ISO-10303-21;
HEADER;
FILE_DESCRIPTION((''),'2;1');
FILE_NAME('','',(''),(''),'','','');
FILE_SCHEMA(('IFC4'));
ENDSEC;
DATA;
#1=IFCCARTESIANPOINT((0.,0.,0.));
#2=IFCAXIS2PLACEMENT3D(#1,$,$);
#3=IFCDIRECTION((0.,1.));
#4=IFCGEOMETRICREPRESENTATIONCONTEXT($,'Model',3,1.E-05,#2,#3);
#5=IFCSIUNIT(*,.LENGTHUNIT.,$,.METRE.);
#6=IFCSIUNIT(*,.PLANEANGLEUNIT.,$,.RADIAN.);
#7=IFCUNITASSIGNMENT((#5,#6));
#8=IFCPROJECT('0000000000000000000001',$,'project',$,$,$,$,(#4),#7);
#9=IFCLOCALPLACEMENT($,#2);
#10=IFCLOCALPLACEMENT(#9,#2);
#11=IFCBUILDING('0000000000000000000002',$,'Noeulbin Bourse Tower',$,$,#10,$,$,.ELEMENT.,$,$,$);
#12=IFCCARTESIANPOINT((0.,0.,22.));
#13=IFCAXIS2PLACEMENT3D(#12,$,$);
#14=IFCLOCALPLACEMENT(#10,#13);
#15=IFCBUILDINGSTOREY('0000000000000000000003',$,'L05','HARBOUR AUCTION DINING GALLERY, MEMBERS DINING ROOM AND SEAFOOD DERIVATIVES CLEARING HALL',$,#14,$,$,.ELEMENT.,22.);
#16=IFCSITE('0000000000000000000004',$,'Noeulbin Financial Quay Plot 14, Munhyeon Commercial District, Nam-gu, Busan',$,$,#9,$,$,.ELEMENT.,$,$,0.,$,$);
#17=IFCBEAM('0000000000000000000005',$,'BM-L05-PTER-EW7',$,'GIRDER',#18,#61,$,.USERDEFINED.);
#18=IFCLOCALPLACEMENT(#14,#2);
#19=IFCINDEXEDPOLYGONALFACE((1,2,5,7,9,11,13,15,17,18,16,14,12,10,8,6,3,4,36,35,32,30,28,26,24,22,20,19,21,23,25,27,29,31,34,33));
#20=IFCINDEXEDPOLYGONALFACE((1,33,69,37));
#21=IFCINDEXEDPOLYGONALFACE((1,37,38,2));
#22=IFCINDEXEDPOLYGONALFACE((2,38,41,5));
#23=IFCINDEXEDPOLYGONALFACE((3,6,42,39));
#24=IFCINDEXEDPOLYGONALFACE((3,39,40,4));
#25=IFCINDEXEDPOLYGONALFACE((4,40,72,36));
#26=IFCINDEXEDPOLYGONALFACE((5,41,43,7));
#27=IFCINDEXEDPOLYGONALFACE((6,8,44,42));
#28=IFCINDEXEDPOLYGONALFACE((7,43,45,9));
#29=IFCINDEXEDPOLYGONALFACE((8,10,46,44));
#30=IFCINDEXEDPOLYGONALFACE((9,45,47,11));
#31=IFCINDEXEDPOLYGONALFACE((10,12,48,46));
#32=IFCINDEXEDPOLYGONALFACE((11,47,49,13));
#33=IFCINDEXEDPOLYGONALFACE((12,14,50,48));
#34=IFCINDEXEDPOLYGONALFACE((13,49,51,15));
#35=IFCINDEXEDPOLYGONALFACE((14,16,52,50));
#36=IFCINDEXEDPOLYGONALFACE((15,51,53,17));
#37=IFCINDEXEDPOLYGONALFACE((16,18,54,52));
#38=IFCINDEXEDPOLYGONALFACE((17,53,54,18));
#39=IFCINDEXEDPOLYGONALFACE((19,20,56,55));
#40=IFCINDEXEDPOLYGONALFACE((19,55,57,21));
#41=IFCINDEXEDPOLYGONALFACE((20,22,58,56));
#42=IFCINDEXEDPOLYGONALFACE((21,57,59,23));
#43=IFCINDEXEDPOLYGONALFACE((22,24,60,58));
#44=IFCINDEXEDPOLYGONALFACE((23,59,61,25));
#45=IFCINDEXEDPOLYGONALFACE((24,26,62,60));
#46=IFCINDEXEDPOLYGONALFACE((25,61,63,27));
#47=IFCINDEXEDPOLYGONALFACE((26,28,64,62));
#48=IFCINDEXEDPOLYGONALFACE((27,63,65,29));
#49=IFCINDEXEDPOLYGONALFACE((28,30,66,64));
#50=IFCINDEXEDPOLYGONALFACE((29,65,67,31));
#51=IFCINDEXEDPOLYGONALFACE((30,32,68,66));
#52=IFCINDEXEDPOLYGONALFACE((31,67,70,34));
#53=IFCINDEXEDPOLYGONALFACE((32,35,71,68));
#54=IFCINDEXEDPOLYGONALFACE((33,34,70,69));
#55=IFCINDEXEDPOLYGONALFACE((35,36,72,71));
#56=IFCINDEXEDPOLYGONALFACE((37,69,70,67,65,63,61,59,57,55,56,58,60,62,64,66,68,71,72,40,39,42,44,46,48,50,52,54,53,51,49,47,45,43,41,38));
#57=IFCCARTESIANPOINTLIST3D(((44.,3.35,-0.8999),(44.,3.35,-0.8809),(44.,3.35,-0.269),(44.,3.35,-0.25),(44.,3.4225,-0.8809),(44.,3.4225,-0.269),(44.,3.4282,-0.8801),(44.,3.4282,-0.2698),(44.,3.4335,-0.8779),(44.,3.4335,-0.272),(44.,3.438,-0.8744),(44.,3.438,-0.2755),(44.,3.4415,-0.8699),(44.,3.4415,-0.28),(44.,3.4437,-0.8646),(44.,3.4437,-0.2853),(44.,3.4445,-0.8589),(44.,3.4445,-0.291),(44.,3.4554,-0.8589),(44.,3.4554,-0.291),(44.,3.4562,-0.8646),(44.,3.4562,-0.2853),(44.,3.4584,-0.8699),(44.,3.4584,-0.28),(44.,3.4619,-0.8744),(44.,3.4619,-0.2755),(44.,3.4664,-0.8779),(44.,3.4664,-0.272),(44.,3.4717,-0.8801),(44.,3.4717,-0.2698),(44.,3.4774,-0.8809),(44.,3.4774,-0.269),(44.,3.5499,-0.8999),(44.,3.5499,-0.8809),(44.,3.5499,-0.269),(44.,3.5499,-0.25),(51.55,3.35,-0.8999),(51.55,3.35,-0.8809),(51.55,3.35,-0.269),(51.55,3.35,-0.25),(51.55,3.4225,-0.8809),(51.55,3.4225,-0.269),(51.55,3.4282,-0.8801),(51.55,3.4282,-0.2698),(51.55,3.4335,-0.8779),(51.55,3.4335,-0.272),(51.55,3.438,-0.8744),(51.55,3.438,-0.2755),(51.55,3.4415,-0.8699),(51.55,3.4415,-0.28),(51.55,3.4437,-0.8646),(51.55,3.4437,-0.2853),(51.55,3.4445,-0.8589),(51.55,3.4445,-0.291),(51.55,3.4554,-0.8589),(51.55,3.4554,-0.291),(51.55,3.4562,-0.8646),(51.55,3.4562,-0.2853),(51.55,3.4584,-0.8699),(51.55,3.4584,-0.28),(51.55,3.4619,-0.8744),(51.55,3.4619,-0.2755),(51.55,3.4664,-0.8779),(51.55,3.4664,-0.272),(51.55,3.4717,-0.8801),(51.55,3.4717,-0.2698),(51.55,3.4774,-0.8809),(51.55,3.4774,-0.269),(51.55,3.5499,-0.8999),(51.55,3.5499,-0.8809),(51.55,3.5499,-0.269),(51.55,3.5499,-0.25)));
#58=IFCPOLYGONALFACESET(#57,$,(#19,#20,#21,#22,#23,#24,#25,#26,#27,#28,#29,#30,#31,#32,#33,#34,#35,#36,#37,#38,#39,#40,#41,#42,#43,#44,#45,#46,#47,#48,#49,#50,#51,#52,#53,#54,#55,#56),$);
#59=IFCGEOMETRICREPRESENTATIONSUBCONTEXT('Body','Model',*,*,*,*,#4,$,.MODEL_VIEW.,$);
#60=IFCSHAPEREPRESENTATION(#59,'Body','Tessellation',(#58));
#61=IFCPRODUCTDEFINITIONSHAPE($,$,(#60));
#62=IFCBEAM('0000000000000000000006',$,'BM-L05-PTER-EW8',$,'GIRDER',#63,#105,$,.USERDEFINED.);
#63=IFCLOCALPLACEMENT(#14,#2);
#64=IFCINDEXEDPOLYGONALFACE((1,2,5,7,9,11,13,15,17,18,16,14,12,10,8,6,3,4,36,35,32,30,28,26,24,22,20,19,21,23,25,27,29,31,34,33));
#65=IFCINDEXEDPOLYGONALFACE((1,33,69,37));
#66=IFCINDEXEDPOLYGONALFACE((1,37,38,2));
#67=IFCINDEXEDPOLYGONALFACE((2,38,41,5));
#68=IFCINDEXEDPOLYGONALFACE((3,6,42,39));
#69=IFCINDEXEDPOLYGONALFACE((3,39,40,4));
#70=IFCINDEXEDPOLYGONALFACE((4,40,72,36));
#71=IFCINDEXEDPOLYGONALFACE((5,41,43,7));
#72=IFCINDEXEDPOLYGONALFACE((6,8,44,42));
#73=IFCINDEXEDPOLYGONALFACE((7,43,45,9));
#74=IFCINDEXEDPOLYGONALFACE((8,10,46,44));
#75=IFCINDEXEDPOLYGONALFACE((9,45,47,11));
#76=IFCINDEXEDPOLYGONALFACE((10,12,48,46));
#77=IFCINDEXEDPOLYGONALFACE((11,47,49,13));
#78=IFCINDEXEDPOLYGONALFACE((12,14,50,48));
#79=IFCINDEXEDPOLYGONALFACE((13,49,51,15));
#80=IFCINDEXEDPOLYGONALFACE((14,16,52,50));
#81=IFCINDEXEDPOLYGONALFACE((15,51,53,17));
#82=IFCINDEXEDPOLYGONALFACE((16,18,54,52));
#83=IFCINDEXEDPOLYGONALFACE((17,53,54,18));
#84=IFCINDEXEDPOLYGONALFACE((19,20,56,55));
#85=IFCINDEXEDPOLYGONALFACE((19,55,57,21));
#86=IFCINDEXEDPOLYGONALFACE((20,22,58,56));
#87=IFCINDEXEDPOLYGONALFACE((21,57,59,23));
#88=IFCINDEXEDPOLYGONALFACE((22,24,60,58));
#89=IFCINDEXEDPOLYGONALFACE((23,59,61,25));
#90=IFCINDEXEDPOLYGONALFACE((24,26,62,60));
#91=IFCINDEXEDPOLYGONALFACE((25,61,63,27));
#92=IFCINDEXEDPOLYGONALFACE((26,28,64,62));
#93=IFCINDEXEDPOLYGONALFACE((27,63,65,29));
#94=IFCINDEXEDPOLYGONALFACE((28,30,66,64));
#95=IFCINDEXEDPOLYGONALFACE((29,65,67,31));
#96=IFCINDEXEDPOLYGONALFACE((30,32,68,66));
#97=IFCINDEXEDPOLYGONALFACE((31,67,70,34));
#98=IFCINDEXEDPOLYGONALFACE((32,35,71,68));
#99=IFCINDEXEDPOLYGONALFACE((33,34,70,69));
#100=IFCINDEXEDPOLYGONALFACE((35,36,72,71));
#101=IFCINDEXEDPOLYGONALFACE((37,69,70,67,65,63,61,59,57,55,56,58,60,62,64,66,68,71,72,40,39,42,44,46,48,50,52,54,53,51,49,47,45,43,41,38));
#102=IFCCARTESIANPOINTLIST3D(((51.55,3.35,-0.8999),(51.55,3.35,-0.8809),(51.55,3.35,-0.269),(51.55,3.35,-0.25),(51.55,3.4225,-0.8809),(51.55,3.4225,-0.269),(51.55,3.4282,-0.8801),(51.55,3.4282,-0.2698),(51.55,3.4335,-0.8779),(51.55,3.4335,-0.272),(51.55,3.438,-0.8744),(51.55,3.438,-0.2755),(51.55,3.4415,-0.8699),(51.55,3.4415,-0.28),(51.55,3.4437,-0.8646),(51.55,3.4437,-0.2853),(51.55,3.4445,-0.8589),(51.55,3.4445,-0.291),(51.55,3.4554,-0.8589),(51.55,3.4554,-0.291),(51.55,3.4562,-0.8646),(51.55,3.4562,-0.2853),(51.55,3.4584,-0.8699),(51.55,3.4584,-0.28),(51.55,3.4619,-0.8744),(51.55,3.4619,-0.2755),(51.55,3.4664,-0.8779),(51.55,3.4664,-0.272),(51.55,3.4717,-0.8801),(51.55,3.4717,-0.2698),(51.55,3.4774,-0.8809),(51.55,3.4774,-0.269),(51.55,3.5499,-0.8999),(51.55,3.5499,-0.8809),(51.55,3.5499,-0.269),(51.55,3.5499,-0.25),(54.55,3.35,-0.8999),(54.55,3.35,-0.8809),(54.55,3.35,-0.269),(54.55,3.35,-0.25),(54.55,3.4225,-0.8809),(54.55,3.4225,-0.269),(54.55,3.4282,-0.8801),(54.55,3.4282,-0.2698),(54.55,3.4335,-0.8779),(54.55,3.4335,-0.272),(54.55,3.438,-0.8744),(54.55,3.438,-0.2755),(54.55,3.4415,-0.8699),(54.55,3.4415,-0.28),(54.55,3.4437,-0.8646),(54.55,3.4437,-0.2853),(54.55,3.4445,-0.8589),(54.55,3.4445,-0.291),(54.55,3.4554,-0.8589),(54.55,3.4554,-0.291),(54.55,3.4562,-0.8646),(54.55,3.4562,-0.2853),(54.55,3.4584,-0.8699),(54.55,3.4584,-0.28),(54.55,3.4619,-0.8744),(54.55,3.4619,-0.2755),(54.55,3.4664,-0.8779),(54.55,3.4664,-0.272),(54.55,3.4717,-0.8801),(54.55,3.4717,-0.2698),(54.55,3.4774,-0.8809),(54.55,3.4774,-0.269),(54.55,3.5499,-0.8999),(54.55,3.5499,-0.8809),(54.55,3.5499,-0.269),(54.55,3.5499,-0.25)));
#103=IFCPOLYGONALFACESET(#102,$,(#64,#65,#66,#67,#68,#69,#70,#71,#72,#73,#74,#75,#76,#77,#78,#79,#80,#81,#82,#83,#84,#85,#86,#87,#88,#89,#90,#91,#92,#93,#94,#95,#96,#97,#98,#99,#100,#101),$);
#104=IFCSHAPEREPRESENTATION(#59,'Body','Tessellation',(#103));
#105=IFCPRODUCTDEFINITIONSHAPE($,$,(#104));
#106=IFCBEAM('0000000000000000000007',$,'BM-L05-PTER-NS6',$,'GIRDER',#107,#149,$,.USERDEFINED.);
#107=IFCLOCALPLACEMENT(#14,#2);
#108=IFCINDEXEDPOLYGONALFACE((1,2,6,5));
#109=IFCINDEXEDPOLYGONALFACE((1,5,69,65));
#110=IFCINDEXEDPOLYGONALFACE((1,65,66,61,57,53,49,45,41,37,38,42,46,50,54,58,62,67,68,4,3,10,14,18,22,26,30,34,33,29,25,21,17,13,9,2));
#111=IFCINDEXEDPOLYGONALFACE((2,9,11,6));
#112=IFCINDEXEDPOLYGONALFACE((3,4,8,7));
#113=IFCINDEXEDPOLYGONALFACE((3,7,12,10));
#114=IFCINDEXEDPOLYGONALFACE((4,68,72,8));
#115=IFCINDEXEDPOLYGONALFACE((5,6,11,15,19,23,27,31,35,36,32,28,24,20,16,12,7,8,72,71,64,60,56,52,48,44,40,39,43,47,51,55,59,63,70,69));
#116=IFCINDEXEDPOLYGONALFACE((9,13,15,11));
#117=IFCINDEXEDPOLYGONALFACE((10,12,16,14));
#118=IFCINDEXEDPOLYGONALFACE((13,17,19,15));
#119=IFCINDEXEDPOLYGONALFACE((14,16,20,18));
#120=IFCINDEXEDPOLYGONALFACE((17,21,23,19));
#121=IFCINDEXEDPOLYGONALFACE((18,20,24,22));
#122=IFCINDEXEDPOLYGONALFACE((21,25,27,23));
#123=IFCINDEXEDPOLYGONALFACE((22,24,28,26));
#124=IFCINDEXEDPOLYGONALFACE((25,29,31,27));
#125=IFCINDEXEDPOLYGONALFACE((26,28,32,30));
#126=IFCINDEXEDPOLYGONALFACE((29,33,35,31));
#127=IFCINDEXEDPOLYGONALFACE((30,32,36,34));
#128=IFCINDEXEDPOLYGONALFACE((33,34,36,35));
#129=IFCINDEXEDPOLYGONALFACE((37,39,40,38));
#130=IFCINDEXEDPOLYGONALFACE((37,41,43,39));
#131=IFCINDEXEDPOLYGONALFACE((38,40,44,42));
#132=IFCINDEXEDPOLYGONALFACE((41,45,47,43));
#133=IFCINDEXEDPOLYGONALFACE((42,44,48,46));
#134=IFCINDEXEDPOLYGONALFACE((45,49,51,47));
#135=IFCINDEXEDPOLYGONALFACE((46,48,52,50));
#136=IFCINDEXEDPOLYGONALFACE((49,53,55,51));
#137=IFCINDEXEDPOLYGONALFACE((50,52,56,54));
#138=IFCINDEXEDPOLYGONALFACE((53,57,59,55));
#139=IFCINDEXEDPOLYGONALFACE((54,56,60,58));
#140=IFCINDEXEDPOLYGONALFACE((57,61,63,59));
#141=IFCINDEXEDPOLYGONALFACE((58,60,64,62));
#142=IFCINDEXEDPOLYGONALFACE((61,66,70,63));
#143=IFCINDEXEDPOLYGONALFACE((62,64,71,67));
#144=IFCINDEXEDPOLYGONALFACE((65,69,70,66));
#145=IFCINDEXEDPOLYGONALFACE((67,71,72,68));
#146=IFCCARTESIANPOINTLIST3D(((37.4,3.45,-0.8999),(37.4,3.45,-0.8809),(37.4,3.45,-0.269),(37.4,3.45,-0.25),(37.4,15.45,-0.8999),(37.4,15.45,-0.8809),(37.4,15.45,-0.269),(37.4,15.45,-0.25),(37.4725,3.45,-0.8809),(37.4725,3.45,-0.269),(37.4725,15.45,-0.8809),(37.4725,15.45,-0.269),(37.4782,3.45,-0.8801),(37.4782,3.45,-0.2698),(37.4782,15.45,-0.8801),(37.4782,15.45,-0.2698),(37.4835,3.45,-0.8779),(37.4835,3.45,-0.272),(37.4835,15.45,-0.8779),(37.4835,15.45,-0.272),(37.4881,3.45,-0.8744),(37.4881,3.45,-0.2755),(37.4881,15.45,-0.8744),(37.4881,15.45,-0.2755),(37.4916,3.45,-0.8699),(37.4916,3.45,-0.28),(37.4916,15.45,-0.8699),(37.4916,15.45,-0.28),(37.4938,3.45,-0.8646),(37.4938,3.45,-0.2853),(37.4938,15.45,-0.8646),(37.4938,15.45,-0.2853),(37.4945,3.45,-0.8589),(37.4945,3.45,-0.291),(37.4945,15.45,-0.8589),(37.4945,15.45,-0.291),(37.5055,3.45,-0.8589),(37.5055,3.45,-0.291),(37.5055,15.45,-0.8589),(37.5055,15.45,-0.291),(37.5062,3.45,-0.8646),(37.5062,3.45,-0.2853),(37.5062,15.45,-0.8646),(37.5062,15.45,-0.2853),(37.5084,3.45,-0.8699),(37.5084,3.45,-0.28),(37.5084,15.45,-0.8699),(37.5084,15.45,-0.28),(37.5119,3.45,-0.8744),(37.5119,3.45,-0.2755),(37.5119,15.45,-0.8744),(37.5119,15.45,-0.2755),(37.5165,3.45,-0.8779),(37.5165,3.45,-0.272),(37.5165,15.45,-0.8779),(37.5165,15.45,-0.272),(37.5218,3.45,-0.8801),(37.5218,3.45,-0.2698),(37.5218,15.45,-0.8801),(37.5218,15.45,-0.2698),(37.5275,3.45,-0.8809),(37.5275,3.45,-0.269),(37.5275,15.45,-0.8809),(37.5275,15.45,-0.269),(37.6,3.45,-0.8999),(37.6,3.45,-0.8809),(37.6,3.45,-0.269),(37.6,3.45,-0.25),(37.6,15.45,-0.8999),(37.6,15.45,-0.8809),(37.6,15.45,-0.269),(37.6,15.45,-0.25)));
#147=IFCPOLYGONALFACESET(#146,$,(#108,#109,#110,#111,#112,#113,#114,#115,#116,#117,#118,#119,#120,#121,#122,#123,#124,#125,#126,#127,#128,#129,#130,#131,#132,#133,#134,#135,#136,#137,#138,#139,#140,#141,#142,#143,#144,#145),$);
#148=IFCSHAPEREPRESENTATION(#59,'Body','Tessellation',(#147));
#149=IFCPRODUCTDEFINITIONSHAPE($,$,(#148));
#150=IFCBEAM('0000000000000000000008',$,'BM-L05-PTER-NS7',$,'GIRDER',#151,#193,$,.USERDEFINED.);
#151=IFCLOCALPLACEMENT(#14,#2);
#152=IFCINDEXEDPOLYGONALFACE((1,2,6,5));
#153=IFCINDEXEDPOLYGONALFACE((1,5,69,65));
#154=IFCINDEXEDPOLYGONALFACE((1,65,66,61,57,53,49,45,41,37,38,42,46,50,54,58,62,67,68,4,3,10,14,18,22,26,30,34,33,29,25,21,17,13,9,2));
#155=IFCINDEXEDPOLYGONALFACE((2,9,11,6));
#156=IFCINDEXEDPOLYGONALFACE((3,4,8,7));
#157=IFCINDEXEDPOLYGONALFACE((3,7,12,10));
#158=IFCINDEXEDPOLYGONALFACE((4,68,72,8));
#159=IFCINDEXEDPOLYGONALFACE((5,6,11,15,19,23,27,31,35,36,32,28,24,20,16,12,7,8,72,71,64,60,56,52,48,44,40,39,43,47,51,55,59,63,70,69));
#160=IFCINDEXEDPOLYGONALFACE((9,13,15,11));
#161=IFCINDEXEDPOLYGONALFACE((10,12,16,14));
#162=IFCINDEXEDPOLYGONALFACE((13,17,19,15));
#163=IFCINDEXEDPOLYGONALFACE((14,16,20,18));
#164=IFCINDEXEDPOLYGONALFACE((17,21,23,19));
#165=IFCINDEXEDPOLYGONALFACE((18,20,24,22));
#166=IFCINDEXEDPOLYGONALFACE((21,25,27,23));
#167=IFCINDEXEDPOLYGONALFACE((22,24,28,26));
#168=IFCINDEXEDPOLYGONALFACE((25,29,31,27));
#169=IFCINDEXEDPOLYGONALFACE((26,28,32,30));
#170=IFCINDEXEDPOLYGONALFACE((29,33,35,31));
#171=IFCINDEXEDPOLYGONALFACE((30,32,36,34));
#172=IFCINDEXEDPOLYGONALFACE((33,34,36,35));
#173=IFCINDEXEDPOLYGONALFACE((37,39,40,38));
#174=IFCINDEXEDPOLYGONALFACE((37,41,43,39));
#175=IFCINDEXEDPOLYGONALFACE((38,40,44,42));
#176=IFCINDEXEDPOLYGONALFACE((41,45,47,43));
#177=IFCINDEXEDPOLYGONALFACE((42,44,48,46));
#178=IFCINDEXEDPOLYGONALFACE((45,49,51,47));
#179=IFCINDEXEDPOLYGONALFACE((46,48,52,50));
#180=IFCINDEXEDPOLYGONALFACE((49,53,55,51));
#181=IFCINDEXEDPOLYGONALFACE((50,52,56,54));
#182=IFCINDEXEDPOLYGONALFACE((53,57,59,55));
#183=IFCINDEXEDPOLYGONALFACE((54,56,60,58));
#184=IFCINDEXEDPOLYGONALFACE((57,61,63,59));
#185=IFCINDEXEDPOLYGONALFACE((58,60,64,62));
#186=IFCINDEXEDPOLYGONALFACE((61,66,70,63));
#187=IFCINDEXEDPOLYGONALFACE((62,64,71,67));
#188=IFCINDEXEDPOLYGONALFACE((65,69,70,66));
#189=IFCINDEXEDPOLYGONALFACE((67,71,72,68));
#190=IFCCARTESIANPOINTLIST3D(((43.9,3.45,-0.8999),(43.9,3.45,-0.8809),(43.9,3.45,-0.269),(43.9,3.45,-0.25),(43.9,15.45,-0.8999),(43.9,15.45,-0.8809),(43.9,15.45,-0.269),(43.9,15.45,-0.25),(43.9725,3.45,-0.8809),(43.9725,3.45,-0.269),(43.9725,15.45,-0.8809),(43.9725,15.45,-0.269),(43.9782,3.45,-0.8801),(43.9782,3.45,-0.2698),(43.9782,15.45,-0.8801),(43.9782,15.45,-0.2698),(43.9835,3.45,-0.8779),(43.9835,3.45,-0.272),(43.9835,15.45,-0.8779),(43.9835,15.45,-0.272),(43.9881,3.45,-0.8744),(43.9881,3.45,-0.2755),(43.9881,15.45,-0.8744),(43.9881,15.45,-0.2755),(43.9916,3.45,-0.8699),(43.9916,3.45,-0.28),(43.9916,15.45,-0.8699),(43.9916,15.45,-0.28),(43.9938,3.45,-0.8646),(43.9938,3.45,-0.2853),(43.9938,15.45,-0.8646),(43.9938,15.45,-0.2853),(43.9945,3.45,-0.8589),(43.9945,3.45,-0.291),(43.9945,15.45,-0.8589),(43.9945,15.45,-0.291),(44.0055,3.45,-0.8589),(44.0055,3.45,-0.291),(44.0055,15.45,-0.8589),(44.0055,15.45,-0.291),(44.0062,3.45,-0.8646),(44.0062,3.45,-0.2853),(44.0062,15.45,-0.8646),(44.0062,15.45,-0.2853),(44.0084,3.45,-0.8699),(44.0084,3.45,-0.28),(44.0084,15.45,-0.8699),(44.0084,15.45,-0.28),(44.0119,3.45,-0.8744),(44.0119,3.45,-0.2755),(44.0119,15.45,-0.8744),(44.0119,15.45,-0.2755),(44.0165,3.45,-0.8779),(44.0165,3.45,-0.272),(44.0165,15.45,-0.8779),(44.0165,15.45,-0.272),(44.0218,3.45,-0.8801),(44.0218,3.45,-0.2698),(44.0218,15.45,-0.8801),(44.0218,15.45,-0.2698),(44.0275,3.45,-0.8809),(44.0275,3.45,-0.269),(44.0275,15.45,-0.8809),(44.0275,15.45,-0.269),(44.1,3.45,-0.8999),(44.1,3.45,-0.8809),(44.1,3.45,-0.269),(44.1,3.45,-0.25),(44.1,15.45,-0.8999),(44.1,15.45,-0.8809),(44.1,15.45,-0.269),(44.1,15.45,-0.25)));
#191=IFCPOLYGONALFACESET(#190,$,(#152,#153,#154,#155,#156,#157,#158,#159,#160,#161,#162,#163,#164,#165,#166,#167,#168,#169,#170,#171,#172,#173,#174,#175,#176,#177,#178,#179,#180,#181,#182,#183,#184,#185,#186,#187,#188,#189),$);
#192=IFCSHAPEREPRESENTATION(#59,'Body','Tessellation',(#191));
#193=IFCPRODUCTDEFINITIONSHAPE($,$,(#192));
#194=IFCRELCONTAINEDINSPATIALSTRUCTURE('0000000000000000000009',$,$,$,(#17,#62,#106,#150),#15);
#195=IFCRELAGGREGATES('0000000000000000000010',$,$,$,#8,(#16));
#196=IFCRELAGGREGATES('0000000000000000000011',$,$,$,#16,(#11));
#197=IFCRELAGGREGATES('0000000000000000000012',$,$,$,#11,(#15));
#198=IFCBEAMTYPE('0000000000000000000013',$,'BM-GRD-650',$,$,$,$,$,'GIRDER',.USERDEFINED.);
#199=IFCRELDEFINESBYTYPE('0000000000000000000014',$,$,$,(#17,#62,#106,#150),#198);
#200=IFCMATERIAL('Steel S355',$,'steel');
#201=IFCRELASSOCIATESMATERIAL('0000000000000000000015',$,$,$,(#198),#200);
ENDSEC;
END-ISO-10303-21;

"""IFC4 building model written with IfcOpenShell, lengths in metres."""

from ifc_helpers import new_model, si_unit, direction, frame, origin, origin_2d, place, context, subcontext, project, spatial, i_section, extrude, material, material_profile, profile_set, type_object, element, save


model = new_model("IFC4")

# Units and contexts
model_context = context("Model", 3, precision=1e-05, world=origin(), true_north=direction((0.0, 1.0)))
body_context = subcontext(model_context, "Body", "Model", "MODEL_VIEW")
ifc_project = project(units=[si_unit("LENGTHUNIT", "METRE"), si_unit("PLANEANGLEUNIT", "RADIAN")], contexts=[model_context])

# Site, building, storey
site_placement = place(None, origin())
site = spatial("IfcSite", under=ifc_project, at=site_placement, Name="Noeulbin Financial Quay Plot 14, Munhyeon Commercial District, Nam-gu, Busan", CompositionType="ELEMENT", RefElevation=0.0)
building_placement = place(site_placement, origin())
building = spatial("IfcBuilding", under=site, at=building_placement, Name="Noeulbin Bourse Tower", CompositionType="ELEMENT")
storey_placement = place(building_placement, frame((0.0, 0.0, 22.0)))
storey = spatial("IfcBuildingStorey", under=building, at=storey_placement, Name="L05", Description="HARBOUR AUCTION DINING GALLERY, MEMBERS DINING ROOM AND SEAFOOD DERIVATIVES CLEARING HALL", CompositionType="ELEMENT", Elevation=22.0)

# Beams
ifc_material_1 = material(Name="Steel S355", Category="steel")
ifc_material_profile_1 = material_profile(ifc_material_1, i_section(OverallWidth=0.2, OverallDepth=0.6499, WebThickness=0.011, FlangeThickness=0.019, FilletRadius=0.022, at=origin_2d()), Name="H-650x200x11x19", Category="LoadBearing")
ifc_profile_set_1 = profile_set([ifc_material_profile_1], Name="Steel S355")
beam_type_1 = type_object("IfcBeamType", Name="BM-GRD-650", ElementType="GIRDER", PredefinedType="USERDEFINED", material=ifc_profile_set_1)
beam_1_placement = place(storey_placement, frame((44.0, 3.45, -0.575), z_axis=(1.0, 0.0, 0.0), x_axis=(0.0, 1.0, 0.0)))
element("IfcBeam", 1, at=beam_1_placement, inside=storey, type_object=beam_type_1, Name="BM-L05-PTER-EW7", ObjectType="GIRDER", PredefinedType="USERDEFINED", context=body_context, shape_type="SweptSolid", body=[
    extrude(i_section(OverallWidth=0.2, OverallDepth=0.6499, WebThickness=0.011, FlangeThickness=0.019, FilletRadius=0.022, at=origin_2d()), origin(), (0.0, 0.0, 1.0), 7.55),
])
beam_2_placement = place(storey_placement, frame((51.55, 3.45, -0.575), z_axis=(1.0, 0.0, 0.0), x_axis=(0.0, 1.0, 0.0)))
element("IfcBeam", 2, at=beam_2_placement, inside=storey, type_object=beam_type_1, Name="BM-L05-PTER-EW8", ObjectType="GIRDER", PredefinedType="USERDEFINED", context=body_context, shape_type="SweptSolid", body=[
    extrude(i_section(OverallWidth=0.2, OverallDepth=0.6499, WebThickness=0.011, FlangeThickness=0.019, FilletRadius=0.022, at=origin_2d()), origin(), (0.0, 0.0, 1.0), 3.0),
])
for number, where, z_axis, x_axis, name in (
    (3, (37.5, 3.45, -0.575), (0.0, 1.0, 0.0), (-1.0, 0.0, 0.0), "BM-L05-PTER-NS6"),
    (4, (44.0, 3.45, -0.575), (0.0, 1.0, 0.0), (-1.0, 0.0, 0.0), "BM-L05-PTER-NS7"),
):
    element("IfcBeam", number, at=place(storey_placement, frame(where, z_axis=z_axis, x_axis=x_axis)), inside=storey, type_object=beam_type_1, Name=name, ObjectType="GIRDER", PredefinedType="USERDEFINED", context=body_context, shape_type="SweptSolid", body=[
        extrude(i_section(OverallWidth=0.2, OverallDepth=0.6499, WebThickness=0.011, FlangeThickness=0.019, FilletRadius=0.022, at=origin_2d()), origin(), (0.0, 0.0, 1.0), 12.0),
    ])

save(model, "model.ifc")
